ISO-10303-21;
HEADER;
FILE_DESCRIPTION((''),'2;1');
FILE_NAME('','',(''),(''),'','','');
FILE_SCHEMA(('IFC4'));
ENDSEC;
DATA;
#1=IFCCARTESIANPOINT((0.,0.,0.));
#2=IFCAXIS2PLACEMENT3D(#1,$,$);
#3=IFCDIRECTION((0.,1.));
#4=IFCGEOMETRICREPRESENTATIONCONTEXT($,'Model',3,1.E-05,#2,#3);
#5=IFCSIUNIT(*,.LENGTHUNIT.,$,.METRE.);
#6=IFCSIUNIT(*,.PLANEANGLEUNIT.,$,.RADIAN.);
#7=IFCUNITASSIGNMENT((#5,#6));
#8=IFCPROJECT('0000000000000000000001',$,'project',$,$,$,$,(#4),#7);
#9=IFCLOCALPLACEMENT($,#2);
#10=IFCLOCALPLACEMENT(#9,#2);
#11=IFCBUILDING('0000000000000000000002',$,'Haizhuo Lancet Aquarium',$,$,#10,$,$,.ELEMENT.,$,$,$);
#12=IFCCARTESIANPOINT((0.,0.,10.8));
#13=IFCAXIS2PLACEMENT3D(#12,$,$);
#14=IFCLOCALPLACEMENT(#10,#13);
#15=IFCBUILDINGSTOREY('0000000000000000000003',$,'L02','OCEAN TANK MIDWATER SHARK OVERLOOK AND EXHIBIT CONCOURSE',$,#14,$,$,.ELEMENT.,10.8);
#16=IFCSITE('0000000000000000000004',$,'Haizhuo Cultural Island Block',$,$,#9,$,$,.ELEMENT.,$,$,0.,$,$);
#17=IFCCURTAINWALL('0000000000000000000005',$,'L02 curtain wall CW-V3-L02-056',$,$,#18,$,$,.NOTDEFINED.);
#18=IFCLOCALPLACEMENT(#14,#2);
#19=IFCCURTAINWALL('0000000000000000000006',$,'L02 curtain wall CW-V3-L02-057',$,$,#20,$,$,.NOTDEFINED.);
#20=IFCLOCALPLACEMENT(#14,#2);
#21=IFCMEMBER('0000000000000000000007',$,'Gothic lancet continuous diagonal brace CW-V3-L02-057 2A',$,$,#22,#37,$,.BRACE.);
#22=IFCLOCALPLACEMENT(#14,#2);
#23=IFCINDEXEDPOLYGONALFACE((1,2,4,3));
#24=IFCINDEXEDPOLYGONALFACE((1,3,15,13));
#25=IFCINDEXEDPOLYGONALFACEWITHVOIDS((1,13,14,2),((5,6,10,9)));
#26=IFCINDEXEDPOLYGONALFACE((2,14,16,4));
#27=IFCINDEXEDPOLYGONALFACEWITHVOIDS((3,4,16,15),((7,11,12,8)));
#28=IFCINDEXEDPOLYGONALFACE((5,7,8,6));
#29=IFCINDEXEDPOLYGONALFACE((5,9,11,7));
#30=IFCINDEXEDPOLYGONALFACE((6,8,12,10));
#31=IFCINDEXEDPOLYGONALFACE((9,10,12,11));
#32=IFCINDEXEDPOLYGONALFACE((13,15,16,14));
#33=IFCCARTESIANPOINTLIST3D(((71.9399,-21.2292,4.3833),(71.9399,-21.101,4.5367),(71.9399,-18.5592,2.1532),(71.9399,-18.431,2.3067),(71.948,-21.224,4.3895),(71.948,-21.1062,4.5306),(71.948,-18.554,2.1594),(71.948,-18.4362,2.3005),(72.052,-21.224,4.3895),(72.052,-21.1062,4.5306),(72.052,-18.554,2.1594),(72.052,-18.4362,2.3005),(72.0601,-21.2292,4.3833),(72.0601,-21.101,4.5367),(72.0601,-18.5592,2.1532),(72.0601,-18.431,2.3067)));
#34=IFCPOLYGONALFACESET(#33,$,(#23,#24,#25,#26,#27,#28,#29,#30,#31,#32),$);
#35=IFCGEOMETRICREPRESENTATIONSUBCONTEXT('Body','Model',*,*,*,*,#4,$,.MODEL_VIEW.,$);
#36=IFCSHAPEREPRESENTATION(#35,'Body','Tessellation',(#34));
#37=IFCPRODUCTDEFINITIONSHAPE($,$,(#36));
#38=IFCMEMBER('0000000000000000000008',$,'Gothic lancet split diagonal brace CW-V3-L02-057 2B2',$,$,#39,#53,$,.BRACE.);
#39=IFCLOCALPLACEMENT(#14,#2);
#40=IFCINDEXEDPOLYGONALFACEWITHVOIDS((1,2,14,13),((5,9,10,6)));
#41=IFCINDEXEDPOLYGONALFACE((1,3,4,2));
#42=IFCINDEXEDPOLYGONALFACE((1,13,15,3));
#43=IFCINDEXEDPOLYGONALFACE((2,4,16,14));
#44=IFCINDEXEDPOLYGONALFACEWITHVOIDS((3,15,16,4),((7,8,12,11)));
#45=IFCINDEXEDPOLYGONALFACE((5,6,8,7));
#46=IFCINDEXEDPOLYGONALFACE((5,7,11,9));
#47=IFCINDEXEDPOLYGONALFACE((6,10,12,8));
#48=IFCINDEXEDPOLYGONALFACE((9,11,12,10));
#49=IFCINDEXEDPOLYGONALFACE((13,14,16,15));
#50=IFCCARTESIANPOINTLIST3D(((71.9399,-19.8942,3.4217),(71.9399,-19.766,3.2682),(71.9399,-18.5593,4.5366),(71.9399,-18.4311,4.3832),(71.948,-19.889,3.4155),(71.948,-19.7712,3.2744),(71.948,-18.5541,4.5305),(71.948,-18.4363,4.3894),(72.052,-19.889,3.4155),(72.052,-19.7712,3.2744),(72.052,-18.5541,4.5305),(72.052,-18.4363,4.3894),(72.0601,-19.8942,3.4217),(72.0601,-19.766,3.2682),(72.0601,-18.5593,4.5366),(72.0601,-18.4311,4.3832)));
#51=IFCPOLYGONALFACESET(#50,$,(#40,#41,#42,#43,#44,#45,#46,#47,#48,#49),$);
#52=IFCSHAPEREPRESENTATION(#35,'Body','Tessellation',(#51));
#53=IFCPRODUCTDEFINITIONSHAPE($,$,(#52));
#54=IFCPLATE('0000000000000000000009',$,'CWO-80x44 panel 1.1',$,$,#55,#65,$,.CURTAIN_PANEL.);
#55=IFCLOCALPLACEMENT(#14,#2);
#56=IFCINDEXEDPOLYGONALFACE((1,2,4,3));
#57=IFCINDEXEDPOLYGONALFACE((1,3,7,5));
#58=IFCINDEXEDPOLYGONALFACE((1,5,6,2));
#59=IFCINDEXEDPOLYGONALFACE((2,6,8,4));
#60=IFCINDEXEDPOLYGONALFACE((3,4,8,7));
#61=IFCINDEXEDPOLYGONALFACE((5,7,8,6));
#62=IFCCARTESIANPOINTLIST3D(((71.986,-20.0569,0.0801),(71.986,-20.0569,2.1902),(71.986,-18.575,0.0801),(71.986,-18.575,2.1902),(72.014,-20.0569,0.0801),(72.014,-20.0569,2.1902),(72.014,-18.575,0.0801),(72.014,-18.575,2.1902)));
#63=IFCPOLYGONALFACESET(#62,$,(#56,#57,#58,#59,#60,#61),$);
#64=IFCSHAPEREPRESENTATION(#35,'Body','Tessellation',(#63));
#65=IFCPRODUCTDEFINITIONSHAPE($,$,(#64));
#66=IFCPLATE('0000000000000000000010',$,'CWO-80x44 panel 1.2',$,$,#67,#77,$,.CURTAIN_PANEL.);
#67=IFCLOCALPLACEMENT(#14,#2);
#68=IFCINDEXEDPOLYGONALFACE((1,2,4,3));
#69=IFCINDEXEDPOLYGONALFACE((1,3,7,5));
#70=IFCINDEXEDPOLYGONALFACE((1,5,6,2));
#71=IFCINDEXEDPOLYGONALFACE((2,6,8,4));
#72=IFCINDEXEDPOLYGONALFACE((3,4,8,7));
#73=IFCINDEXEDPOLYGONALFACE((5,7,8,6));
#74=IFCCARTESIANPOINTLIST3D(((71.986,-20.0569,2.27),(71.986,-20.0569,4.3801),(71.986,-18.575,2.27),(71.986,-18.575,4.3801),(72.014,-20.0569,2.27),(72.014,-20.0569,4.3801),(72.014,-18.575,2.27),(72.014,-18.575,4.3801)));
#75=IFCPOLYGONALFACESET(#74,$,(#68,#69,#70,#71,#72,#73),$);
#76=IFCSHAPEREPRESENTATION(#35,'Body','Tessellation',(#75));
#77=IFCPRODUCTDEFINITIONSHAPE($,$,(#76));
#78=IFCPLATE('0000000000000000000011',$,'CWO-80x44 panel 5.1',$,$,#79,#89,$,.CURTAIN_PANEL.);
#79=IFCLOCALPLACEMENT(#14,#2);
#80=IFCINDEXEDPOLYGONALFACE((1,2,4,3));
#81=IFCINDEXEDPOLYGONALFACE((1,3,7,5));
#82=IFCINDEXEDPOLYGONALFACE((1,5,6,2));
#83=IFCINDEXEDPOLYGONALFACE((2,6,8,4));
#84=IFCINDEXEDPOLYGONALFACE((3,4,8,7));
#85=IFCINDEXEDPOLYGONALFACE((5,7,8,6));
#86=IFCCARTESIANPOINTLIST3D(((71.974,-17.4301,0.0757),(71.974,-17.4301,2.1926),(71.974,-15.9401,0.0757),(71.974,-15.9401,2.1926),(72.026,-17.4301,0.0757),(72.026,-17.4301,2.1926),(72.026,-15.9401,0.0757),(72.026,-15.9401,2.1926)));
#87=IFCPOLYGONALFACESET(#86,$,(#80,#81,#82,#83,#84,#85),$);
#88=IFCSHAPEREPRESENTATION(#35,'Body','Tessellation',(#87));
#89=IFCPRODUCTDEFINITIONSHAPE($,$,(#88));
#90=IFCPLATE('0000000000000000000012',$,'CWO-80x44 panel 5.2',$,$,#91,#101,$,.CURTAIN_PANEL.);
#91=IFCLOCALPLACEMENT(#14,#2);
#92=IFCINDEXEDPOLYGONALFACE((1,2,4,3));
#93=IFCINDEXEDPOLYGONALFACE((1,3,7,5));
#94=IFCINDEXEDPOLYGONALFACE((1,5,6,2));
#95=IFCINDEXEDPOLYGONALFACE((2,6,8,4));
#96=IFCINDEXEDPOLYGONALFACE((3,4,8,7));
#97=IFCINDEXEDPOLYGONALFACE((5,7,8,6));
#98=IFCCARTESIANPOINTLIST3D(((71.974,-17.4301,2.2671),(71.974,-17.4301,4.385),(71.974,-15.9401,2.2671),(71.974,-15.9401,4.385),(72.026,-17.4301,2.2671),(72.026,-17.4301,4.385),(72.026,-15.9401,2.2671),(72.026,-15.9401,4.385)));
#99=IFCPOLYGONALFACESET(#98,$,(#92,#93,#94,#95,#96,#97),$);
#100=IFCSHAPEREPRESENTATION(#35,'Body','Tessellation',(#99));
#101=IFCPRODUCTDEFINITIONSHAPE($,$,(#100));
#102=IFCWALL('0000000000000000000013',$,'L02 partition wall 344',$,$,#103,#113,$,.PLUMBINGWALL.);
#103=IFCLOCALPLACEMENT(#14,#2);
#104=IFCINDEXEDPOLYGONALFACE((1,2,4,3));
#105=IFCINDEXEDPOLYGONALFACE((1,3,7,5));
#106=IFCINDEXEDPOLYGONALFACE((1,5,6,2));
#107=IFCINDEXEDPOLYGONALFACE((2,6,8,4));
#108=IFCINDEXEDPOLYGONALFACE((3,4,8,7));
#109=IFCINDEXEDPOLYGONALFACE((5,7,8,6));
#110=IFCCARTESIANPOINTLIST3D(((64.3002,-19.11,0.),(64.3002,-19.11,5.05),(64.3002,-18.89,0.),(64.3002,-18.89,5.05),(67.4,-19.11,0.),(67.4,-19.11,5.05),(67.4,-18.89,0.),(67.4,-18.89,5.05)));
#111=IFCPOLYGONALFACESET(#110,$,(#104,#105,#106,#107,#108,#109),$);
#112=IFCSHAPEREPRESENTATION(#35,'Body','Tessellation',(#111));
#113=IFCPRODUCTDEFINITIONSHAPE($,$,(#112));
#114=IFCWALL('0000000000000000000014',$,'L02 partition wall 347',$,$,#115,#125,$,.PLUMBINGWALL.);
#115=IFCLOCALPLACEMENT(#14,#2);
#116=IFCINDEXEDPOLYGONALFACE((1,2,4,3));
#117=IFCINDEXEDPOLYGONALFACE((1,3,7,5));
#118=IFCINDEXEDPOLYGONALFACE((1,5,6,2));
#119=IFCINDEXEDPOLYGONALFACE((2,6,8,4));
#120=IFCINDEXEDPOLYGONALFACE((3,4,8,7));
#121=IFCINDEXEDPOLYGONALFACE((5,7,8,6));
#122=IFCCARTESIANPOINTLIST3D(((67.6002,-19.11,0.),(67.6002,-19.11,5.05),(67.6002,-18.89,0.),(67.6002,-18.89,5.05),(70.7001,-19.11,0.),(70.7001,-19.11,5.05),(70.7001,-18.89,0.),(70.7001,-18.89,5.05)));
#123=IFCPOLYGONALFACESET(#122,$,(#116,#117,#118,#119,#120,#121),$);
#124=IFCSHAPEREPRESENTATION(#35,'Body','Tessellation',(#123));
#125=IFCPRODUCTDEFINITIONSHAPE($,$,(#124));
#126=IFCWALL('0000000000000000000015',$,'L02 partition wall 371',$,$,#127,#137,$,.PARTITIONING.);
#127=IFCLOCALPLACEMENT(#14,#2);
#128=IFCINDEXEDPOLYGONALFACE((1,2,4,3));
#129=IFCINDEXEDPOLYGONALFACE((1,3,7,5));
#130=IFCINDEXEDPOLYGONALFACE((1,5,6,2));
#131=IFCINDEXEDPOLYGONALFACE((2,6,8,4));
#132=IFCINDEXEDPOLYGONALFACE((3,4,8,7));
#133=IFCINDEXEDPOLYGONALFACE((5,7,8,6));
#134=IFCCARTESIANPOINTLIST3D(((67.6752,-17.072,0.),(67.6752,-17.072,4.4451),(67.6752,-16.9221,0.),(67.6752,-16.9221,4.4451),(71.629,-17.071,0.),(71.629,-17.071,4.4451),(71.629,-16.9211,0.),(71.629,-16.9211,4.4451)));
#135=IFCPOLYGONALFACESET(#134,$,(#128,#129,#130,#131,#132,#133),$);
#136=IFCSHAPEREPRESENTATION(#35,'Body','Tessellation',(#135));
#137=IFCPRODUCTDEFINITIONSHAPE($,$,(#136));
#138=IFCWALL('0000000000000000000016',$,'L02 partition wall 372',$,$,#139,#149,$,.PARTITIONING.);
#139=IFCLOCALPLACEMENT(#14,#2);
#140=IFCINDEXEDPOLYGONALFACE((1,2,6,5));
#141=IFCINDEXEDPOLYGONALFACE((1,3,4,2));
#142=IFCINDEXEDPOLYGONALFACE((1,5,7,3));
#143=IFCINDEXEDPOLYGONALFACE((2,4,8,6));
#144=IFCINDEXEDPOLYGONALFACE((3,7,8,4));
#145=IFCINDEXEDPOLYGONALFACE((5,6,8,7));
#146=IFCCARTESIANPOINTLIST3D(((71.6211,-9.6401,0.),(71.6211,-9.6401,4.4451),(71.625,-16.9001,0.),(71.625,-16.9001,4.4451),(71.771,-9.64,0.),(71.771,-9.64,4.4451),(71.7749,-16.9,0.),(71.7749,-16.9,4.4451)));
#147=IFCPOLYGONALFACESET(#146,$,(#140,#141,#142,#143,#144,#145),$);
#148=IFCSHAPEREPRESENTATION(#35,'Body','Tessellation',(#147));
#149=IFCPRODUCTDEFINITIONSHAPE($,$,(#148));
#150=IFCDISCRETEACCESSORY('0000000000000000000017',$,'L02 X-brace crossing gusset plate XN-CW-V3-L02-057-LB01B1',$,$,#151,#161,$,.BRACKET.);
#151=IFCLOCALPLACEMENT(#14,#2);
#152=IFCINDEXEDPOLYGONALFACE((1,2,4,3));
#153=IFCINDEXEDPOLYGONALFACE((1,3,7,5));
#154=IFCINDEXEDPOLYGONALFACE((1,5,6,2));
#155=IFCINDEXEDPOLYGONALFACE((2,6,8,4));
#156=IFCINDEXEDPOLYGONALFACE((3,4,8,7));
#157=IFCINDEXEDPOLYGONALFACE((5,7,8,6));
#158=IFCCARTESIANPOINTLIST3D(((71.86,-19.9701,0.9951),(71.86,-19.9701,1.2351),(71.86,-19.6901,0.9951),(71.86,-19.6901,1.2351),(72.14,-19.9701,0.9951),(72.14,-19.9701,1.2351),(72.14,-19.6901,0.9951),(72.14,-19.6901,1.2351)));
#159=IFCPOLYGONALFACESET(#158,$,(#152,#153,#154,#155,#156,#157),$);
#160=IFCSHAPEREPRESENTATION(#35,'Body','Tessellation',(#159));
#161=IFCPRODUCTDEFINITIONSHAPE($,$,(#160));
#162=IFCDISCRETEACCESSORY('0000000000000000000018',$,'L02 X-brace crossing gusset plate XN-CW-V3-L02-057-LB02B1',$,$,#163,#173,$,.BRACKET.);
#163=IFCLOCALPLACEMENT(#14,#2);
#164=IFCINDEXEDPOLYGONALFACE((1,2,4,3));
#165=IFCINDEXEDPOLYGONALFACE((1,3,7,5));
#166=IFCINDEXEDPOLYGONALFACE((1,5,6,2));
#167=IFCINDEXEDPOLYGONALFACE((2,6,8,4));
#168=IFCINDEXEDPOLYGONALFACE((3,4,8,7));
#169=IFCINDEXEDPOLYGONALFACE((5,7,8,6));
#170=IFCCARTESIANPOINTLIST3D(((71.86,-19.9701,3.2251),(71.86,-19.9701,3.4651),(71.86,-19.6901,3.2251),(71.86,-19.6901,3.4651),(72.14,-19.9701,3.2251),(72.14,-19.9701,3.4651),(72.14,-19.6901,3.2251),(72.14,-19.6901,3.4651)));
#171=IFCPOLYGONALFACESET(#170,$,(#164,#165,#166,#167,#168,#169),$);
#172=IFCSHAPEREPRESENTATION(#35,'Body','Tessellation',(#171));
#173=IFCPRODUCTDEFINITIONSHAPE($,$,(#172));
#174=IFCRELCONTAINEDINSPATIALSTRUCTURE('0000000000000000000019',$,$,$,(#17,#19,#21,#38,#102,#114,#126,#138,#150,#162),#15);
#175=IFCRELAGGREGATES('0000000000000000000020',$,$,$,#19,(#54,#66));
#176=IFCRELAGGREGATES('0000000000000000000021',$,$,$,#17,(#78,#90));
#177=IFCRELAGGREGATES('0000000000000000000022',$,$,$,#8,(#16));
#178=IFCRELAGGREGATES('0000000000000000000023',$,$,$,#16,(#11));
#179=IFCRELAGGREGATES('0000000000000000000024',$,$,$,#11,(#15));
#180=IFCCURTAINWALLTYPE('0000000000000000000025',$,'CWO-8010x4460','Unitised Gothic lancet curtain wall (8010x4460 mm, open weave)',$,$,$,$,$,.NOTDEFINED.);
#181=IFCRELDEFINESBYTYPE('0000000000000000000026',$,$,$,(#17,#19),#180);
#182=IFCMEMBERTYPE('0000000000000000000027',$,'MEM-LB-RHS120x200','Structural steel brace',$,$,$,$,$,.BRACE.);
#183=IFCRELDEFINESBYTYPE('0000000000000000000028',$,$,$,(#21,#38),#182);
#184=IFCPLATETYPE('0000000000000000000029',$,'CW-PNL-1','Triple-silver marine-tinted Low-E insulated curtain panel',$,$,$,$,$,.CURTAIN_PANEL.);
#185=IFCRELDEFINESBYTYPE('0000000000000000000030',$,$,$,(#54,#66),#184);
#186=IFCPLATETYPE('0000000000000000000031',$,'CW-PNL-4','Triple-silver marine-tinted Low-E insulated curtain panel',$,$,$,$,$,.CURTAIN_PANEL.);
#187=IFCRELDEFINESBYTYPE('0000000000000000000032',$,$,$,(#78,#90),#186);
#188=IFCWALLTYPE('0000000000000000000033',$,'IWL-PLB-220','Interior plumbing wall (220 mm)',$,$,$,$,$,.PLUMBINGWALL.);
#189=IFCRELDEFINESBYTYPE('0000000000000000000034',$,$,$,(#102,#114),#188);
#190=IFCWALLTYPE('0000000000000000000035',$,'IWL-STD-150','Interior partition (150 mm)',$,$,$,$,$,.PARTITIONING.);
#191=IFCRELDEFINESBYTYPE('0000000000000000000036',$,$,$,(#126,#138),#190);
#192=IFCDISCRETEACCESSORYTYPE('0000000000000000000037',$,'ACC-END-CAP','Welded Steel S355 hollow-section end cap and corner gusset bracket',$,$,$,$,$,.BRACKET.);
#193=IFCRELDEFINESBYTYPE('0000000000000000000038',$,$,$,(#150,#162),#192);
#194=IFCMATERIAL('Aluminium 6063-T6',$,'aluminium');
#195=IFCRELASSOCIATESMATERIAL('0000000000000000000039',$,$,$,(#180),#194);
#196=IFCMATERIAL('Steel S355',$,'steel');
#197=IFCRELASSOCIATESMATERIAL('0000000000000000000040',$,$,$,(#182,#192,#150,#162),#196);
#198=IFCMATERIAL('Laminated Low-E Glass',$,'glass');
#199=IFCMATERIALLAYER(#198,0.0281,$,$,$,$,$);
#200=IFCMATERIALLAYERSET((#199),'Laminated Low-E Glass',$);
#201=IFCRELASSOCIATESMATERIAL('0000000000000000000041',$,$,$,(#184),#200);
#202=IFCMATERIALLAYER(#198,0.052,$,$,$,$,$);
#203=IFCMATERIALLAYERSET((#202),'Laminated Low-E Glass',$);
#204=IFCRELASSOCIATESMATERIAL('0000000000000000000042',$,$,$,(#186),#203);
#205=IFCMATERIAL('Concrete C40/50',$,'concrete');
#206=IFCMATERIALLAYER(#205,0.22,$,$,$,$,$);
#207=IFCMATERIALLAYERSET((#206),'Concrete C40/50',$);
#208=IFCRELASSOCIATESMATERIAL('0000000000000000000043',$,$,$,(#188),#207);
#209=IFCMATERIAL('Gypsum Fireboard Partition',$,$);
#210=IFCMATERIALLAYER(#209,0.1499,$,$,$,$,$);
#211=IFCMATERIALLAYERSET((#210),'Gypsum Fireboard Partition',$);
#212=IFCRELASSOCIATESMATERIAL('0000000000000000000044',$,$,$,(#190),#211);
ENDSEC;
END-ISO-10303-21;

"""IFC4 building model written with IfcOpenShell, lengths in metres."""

from ifc_helpers import new_model, si_unit, direction, frame, frame_2d, origin, origin_2d, place, context, subcontext, project, spatial, rectangle, hollow_rectangle, extrude, material, layer, layer_set, material_profile, profile_set, type_object, element, aggregate, save


model = new_model("IFC4")

# Units and contexts
model_context = context("Model", 3, precision=1e-05, world=origin(), true_north=direction((0.0, 1.0)))
body_context = subcontext(model_context, "Body", "Model", "MODEL_VIEW")
ifc_project = project(units=[si_unit("LENGTHUNIT", "METRE"), si_unit("PLANEANGLEUNIT", "RADIAN")], contexts=[model_context])

# Site, building, storey
site_placement = place(None, origin())
site = spatial("IfcSite", under=ifc_project, at=site_placement, Name="Haizhuo Cultural Island Block", CompositionType="ELEMENT", RefElevation=0.0)
building_placement = place(site_placement, origin())
building = spatial("IfcBuilding", under=site, at=building_placement, Name="Haizhuo Lancet Aquarium", CompositionType="ELEMENT")
storey_placement = place(building_placement, frame((0.0, 0.0, 10.8)))
storey = spatial("IfcBuildingStorey", under=building, at=storey_placement, Name="L02", Description="OCEAN TANK MIDWATER SHARK OVERLOOK AND EXHIBIT CONCOURSE", CompositionType="ELEMENT", Elevation=10.8)

# Shared definitions
ifc_material_1 = material(Name="Concrete C40/50", Category="concrete")

# Curtain wall
ifc_material_2 = material(Name="Aluminium 6063-T6", Category="aluminium")
curtain_wall_type = type_object("IfcCurtainWallType", Name="CWO-8010x4460", Description="Unitised Gothic lancet curtain wall (8010x4460 mm, open weave)", PredefinedType="NOTDEFINED", material=ifc_material_2)
curtain_wall_1_placement = place(storey_placement, origin())
curtain_wall_1 = element("IfcCurtainWall", 1, at=curtain_wall_1_placement, inside=storey, type_object=curtain_wall_type, Name="L02 curtain wall CW-V3-L02-056", PredefinedType="NOTDEFINED")

# Curtain wall
curtain_wall_2_placement = place(storey_placement, origin())
curtain_wall_2 = element("IfcCurtainWall", 2, at=curtain_wall_2_placement, inside=storey, type_object=curtain_wall_type, Name="L02 curtain wall CW-V3-L02-057", PredefinedType="NOTDEFINED")

# Members
ifc_material_3 = material(Name="Steel S355", Category="steel")
ifc_material_profile_1 = material_profile(ifc_material_3, hollow_rectangle(XDim=0.1201, YDim=0.2, WallThickness=0.0081, at=origin_2d()), Name="RHS 120x200x8")
ifc_profile_set_1 = profile_set([ifc_material_profile_1], Name="Steel S355")
member_type_1 = type_object("IfcMemberType", Name="MEM-LB-RHS120x200", Description="Structural steel brace", PredefinedType="BRACE", material=ifc_profile_set_1)
member_1_placement = place(storey_placement, frame((72.0, -18.4951, 2.23), z_axis=(0.0, -0.767507, 0.64104), x_axis=(1.0, 0.0, 0.0)))
element("IfcMember", 3, at=member_1_placement, inside=storey, type_object=member_type_1, Name="Gothic lancet continuous diagonal brace CW-V3-L02-057 2A", PredefinedType="BRACE", context=body_context, shape_type="SweptSolid", body=[
    extrude(hollow_rectangle(XDim=0.1201, YDim=0.2, WallThickness=0.0081, at=origin_2d()), origin(), (0.0, 0.0, 1.0), 3.4788),
])
member_2_placement = place(storey_placement, frame((72.0, -19.8301, 3.345), z_axis=(0.0, 0.767507, 0.64104), x_axis=(-1.0, 0.0, 0.0)))
element("IfcMember", 4, at=member_2_placement, inside=storey, type_object=member_type_1, Name="Gothic lancet split diagonal brace CW-V3-L02-057 2B2", PredefinedType="BRACE", context=body_context, shape_type="SweptSolid", body=[
    extrude(hollow_rectangle(XDim=0.1201, YDim=0.2, WallThickness=0.0081, at=origin_2d()), origin(), (0.0, 0.0, 1.0), 1.7393),
])

# Plates
ifc_material_4 = material(Name="Laminated Low-E Glass", Category="glass")
ifc_layer_1 = layer(ifc_material_4, 0.0281)
ifc_layer_set_1 = layer_set([ifc_layer_1], Name="Laminated Low-E Glass")
plate_type_1 = type_object("IfcPlateType", Name="CW-PNL-1", Description="Triple-silver marine-tinted Low-E insulated curtain panel", PredefinedType="CURTAIN_PANEL", material=ifc_layer_set_1)
plate_1_placement = place(storey_placement, frame((72.0, -19.3159, 0.0801), z_axis=(0.0, 0.0, 1.0), x_axis=(0.0, -1.0, 0.0)))
plate_1 = element("IfcPlate", 5, at=plate_1_placement, type_object=plate_type_1, Name="CWO-80x44 panel 1.1", PredefinedType="CURTAIN_PANEL", context=body_context, shape_type="SweptSolid", body=[
    extrude(rectangle(XDim=1.4819, YDim=0.0281, at=origin_2d()), origin(), (0.0, 0.0, 1.0), 2.1101),
])
plate_2_placement = place(storey_placement, frame((72.0, -19.3159, 2.27), z_axis=(0.0, 0.0, 1.0), x_axis=(0.0, -1.0, 0.0)))
plate_2 = element("IfcPlate", 6, at=plate_2_placement, type_object=plate_type_1, Name="CWO-80x44 panel 1.2", PredefinedType="CURTAIN_PANEL", context=body_context, shape_type="SweptSolid", body=[
    extrude(rectangle(XDim=1.4819, YDim=0.0281, at=origin_2d()), origin(), (0.0, 0.0, 1.0), 2.1101),
])
aggregate(curtain_wall_2, [plate_1, plate_2])
ifc_layer_2 = layer(ifc_material_4, 0.052)
ifc_layer_set_2 = layer_set([ifc_layer_2], Name="Laminated Low-E Glass")
plate_type_2 = type_object("IfcPlateType", Name="CW-PNL-4", Description="Triple-silver marine-tinted Low-E insulated curtain panel", PredefinedType="CURTAIN_PANEL", material=ifc_layer_set_2)
plate_3_placement = place(storey_placement, frame((72.0, -16.6851, 0.0757), z_axis=(0.0, 0.0, 1.0), x_axis=(0.0, -1.0, 0.0)))
plate_3 = element("IfcPlate", 7, at=plate_3_placement, type_object=plate_type_2, Name="CWO-80x44 panel 5.1", PredefinedType="CURTAIN_PANEL", context=body_context, shape_type="SweptSolid", body=[
    extrude(rectangle(XDim=1.49, YDim=0.052, at=origin_2d()), origin(), (0.0, 0.0, 1.0), 2.1169),
])
plate_4_placement = place(storey_placement, frame((72.0, -16.6851, 2.2671), z_axis=(0.0, 0.0, 1.0), x_axis=(0.0, -1.0, 0.0)))
plate_4 = element("IfcPlate", 8, at=plate_4_placement, type_object=plate_type_2, Name="CWO-80x44 panel 5.2", PredefinedType="CURTAIN_PANEL", context=body_context, shape_type="SweptSolid", body=[
    extrude(rectangle(XDim=1.49, YDim=0.052, at=origin_2d()), origin(), (0.0, 0.0, 1.0), 2.1179),
])
aggregate(curtain_wall_1, [plate_3, plate_4])

# Walls
ifc_layer_3 = layer(ifc_material_1, 0.22)
ifc_layer_set_3 = layer_set([ifc_layer_3], Name="Concrete C40/50")
wall_type_1 = type_object("IfcWallType", Name="IWL-PLB-220", Description="Interior plumbing wall (220 mm)", PredefinedType="PLUMBINGWALL", material=ifc_layer_set_3)
for number, where, z_axis, x_axis, name in (
    (9, (67.3999, -19.0, 0.0), (0.0, 0.0, 1.0), (-1.0, 0.0, 0.0), "L02 partition wall 344"),
    (10, (70.7, -19.0, 0.0), (0.0, 0.0, 1.0), (-1.0, 0.0, 0.0), "L02 partition wall 347"),
):
    element("IfcWall", number, at=place(storey_placement, frame(where, z_axis=z_axis, x_axis=x_axis)), inside=storey, type_object=wall_type_1, Name=name, PredefinedType="PLUMBINGWALL", context=body_context, shape_type="SweptSolid", body=[
        extrude(rectangle(XDim=3.0999, YDim=0.22, at=frame_2d((1.5498, 0.0))), origin(), (0.0, 0.0, 1.0), 5.05),
    ])
ifc_material_5 = material(Name="Gypsum Fireboard Partition")
ifc_layer_4 = layer(ifc_material_5, 0.1499)
ifc_layer_set_4 = layer_set([ifc_layer_4], Name="Gypsum Fireboard Partition")
wall_type_2 = type_object("IfcWallType", Name="IWL-STD-150", Description="Interior partition (150 mm)", PredefinedType="PARTITIONING", material=ifc_layer_set_4)
wall_1_placement = place(storey_placement, frame((67.675, -16.9971, 0.0), z_axis=(0.0, 0.0, 1.0), x_axis=(1.0, 0.000247, 0.0)))
element("IfcWall", 11, at=wall_1_placement, inside=storey, type_object=wall_type_2, Name="L02 partition wall 371", PredefinedType="PARTITIONING", context=body_context, shape_type="SweptSolid", body=[
    extrude(rectangle(XDim=3.9539, YDim=0.1499, at=frame_2d((1.9771, 0.0))), origin(), (0.0, 0.0, 1.0), 4.4451),
])
wall_2_placement = place(storey_placement, frame((71.7, -16.8999, 0.0), z_axis=(0.0, 0.0, 1.0), x_axis=(-0.000538, 1.0, 0.0)))
element("IfcWall", 12, at=wall_2_placement, inside=storey, type_object=wall_type_2, Name="L02 partition wall 372", PredefinedType="PARTITIONING", context=body_context, shape_type="SweptSolid", body=[
    extrude(rectangle(XDim=7.26, YDim=0.1499, at=frame_2d((3.6299, 0.0))), origin(), (0.0, 0.0, 1.0), 4.4451),
])

# Discrete accessories
discrete_accessory_type = type_object("IfcDiscreteAccessoryType", Name="ACC-END-CAP", Description="Welded Steel S355 hollow-section end cap and corner gusset bracket", PredefinedType="BRACKET", material=ifc_material_3)
for number, where, z_axis, x_axis, name in (
    (13, (72.0, -19.8301, 0.9951), (0.0, 0.0, 1.0), (1.0, 0.0, 0.0), "L02 X-brace crossing gusset plate XN-CW-V3-L02-057-LB01B1"),
    (14, (72.0, -19.8301, 3.2251), (0.0, 0.0, 1.0), (1.0, 0.0, 0.0), "L02 X-brace crossing gusset plate XN-CW-V3-L02-057-LB02B1"),
):
    element("IfcDiscreteAccessory", number, at=place(storey_placement, frame(where, z_axis=z_axis, x_axis=x_axis)), inside=storey, type_object=discrete_accessory_type, material=ifc_material_3, Name=name, PredefinedType="BRACKET", context=body_context, shape_type="SweptSolid", body=[
        extrude(rectangle(XDim=0.28, YDim=0.28, at=origin_2d()), origin(), (0.0, 0.0, 1.0), 0.24),
    ])

save(model, "model.ifc")
